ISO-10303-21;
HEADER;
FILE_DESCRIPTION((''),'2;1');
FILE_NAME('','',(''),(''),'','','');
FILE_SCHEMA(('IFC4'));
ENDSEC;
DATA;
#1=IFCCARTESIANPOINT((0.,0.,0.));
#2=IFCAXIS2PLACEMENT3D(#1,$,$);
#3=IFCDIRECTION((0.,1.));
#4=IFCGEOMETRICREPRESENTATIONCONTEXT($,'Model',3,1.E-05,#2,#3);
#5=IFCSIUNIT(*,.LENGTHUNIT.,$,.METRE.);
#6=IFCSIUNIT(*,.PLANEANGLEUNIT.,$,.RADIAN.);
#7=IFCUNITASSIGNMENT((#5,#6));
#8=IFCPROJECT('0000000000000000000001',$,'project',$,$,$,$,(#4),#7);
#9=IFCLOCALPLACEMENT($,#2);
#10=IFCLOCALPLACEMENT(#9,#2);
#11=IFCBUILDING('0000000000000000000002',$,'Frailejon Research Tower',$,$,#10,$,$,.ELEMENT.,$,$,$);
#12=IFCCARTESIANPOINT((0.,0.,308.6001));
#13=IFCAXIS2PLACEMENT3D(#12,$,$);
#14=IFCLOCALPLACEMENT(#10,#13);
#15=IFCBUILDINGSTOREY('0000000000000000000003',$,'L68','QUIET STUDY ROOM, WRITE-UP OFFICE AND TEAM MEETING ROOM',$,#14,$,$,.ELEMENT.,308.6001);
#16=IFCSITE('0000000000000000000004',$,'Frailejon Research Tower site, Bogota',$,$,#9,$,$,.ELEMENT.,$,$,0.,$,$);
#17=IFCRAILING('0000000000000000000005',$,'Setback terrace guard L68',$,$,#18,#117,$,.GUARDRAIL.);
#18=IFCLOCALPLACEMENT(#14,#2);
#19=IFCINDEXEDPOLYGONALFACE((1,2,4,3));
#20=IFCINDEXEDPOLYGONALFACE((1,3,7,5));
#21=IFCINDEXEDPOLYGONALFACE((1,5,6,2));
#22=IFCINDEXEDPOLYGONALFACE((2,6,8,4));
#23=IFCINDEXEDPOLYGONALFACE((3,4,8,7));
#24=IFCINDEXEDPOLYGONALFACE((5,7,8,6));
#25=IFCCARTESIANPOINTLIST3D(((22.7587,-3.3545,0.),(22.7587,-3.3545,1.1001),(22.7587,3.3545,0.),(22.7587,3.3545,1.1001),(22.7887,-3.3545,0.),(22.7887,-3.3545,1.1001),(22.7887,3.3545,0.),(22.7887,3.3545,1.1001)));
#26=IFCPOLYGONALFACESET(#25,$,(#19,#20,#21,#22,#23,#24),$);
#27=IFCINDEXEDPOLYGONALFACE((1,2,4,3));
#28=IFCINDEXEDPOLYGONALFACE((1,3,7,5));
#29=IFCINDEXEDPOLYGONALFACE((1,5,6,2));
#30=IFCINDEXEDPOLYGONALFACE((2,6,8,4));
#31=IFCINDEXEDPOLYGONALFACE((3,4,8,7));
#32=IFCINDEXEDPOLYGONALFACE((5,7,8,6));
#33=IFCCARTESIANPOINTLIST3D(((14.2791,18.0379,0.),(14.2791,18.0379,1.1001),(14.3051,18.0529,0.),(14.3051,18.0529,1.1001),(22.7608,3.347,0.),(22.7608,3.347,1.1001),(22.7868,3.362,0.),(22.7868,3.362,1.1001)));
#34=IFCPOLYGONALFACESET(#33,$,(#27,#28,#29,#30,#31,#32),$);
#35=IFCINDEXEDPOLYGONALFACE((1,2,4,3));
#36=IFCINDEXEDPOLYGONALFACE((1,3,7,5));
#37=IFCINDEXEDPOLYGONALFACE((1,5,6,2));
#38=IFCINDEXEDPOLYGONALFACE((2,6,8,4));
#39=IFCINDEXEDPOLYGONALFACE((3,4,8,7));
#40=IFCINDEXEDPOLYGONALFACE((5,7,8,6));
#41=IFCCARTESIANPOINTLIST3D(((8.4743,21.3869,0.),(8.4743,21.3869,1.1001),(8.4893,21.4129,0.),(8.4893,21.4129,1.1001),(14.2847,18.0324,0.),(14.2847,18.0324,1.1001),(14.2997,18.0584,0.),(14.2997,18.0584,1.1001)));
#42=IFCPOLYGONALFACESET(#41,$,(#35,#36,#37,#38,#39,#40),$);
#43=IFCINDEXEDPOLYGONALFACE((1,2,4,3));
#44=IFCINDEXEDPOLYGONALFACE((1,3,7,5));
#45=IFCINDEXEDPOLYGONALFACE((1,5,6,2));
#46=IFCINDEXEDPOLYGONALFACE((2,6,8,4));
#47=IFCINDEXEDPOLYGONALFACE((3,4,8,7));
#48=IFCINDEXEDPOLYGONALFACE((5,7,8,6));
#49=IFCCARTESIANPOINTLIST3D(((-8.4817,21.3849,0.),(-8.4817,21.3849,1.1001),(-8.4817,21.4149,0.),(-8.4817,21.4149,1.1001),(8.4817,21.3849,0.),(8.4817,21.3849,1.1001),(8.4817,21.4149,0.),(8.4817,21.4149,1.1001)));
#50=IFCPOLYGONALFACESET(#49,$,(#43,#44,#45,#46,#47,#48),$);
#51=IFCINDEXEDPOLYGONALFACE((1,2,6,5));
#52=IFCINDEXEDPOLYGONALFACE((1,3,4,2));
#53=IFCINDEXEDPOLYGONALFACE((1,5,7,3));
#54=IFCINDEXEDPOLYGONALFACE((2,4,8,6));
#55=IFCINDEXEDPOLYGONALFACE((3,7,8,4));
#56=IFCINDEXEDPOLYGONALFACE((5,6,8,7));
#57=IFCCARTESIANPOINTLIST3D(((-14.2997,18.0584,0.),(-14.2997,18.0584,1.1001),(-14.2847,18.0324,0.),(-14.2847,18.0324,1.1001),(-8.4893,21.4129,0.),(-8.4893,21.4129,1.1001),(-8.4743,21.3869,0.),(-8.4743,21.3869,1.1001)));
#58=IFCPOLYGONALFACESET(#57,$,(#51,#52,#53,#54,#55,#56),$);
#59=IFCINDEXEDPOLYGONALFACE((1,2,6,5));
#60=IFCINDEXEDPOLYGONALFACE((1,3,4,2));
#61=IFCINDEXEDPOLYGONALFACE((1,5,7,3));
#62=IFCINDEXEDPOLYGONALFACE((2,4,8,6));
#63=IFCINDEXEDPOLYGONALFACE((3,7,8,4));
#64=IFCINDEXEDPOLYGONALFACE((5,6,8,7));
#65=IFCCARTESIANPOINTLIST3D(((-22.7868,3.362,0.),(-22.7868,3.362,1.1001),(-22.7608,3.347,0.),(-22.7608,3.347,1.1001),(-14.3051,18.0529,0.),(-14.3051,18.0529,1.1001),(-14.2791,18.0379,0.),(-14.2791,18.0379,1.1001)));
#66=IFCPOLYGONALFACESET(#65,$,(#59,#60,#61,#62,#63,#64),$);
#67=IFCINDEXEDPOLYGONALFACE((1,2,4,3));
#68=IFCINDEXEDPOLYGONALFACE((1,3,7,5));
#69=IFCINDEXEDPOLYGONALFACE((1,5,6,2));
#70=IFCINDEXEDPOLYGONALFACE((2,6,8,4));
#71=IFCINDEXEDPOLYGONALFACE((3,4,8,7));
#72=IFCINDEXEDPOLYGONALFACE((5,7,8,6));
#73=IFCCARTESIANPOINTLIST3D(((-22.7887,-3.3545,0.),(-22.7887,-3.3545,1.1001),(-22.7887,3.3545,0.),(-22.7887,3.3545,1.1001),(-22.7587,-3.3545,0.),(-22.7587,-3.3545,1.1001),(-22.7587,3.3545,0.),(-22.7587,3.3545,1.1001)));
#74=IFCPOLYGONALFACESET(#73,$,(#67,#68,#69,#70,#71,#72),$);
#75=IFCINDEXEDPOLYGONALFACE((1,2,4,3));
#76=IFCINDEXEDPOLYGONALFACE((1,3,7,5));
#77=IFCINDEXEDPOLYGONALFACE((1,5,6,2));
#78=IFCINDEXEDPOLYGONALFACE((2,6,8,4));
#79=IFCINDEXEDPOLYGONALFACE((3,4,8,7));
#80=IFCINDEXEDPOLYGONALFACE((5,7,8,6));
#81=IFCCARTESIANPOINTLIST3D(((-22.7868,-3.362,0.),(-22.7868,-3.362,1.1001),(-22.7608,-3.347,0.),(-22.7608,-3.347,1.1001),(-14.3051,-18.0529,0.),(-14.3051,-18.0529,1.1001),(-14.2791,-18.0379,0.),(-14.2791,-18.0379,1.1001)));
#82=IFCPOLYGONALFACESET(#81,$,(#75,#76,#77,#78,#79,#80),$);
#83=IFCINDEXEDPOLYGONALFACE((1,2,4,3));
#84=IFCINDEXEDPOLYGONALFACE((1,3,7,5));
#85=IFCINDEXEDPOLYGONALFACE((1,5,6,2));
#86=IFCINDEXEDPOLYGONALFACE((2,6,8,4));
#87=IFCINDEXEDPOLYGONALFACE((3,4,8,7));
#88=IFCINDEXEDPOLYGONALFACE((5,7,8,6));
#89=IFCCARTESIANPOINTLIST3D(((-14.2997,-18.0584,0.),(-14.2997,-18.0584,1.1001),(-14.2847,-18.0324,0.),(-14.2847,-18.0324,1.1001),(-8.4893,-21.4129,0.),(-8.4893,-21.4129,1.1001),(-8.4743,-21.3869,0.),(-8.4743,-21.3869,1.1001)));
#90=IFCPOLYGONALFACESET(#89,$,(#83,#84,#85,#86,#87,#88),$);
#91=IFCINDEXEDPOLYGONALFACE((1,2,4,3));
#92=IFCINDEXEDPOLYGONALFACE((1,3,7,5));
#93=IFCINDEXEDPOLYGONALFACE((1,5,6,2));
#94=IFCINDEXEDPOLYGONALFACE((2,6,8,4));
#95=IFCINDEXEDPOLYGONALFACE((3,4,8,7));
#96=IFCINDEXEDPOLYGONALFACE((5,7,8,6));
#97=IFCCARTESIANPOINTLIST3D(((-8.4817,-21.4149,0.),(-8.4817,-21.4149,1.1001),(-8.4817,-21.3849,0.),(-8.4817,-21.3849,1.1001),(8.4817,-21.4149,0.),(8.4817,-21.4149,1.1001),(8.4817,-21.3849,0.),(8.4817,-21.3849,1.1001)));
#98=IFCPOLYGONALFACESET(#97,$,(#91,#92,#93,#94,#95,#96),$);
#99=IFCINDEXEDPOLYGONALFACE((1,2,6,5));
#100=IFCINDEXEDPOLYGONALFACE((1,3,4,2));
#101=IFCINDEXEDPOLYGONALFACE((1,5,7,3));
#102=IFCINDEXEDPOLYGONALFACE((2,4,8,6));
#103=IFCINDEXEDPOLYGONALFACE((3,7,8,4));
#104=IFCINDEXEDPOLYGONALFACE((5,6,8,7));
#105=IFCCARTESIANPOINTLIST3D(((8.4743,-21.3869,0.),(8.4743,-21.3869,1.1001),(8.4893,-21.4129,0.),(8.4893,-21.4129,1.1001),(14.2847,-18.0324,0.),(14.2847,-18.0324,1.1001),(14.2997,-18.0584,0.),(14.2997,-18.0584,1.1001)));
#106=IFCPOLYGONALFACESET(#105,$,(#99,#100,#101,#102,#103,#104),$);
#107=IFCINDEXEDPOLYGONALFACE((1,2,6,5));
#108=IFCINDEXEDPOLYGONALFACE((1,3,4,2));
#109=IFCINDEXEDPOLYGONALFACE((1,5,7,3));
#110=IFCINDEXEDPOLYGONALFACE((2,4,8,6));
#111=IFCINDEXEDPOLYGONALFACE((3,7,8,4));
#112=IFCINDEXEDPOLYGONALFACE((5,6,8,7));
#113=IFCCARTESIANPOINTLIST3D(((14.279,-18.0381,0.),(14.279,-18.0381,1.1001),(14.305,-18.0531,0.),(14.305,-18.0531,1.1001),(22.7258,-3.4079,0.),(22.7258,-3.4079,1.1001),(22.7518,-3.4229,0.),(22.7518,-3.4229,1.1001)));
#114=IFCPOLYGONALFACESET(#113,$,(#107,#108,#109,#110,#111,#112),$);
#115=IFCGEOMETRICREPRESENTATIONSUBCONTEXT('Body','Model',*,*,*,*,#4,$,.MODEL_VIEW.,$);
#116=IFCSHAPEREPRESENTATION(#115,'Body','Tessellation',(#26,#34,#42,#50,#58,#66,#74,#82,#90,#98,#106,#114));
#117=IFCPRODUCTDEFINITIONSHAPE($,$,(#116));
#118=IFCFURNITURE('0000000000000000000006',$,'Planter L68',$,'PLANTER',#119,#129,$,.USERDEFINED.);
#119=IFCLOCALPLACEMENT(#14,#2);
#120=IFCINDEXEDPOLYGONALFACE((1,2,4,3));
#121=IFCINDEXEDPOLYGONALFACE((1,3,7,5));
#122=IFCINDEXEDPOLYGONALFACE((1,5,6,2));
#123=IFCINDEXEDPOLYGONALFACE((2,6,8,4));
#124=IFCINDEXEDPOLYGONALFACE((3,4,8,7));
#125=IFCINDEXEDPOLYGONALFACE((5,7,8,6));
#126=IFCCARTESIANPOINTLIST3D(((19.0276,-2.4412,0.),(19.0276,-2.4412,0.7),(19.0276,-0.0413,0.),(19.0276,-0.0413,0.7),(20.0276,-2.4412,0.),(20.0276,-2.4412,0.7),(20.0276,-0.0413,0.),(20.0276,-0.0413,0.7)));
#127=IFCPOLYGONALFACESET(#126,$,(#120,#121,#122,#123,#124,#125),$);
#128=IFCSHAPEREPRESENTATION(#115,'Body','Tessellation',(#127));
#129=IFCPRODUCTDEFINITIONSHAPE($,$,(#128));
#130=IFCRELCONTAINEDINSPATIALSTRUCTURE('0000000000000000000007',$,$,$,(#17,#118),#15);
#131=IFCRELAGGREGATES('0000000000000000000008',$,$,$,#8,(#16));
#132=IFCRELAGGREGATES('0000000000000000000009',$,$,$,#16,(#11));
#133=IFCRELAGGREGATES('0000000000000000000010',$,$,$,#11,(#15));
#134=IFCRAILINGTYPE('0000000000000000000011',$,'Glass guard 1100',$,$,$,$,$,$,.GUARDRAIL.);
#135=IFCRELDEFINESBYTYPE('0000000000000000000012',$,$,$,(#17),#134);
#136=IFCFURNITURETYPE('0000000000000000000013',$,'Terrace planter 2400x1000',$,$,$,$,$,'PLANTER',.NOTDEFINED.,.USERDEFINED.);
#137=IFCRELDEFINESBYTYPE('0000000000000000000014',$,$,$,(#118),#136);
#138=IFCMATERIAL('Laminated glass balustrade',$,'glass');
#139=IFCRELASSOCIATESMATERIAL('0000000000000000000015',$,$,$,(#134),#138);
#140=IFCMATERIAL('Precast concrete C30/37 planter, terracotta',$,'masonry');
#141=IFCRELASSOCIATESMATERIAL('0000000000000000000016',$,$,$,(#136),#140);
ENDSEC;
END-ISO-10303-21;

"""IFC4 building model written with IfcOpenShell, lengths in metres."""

from ifc_helpers import new_model, si_unit, direction, frame, origin, origin_2d, place, context, subcontext, project, spatial, rectangle, extrude, material, type_object, element, save


model = new_model("IFC4")

# Units and contexts
model_context = context("Model", 3, precision=1e-05, world=origin(), true_north=direction((0.0, 1.0)))
body_context = subcontext(model_context, "Body", "Model", "MODEL_VIEW")
ifc_project = project(units=[si_unit("LENGTHUNIT", "METRE"), si_unit("PLANEANGLEUNIT", "RADIAN")], contexts=[model_context])

# Site, building, storey
site_placement = place(None, origin())
site = spatial("IfcSite", under=ifc_project, at=site_placement, Name="Frailejon Research Tower site, Bogota", CompositionType="ELEMENT", RefElevation=0.0)
building_placement = place(site_placement, origin())
building = spatial("IfcBuilding", under=site, at=building_placement, Name="Frailejon Research Tower", CompositionType="ELEMENT")
storey_placement = place(building_placement, frame((0.0, 0.0, 308.6001)))
storey = spatial("IfcBuildingStorey", under=building, at=storey_placement, Name="L68", Description="QUIET STUDY ROOM, WRITE-UP OFFICE AND TEAM MEETING ROOM", CompositionType="ELEMENT", Elevation=308.6001)

# Railing
ifc_material_1 = material(Name="Laminated glass balustrade", Category="glass")
railing_type = type_object("IfcRailingType", Name="Glass guard 1100", PredefinedType="GUARDRAIL", material=ifc_material_1)
railing_placement = place(storey_placement, frame((22.7737, -3.3545, 0.0)))
element("IfcRailing", 1, at=railing_placement, inside=storey, type_object=railing_type, Name="Setback terrace guard L68", PredefinedType="GUARDRAIL", context=body_context, shape_type="SweptSolid", body=[
    extrude(rectangle(XDim=6.709, YDim=0.03, at=origin_2d()), frame((0.0, 3.3545, 0.0), z_axis=(0.0, 0.0, 1.0), x_axis=(0.0, 1.0, 0.0)), (0.0, 0.0, 1.0), 1.1001),
    extrude(rectangle(XDim=16.9636, YDim=0.03, at=origin_2d()), frame((-4.2407, 14.0544, 0.0), z_axis=(0.0, 0.0, 1.0), x_axis=(-0.499995, 0.866028, 0.0)), (0.0, 0.0, 1.0), 1.1001),
    extrude(rectangle(XDim=6.7092, YDim=0.03, at=origin_2d()), frame((-11.3867, 23.0771, 0.0), z_axis=(0.0, 0.0, 1.0), x_axis=(-0.866031, 0.49999, 0.0)), (0.0, 0.0, 1.0), 1.1001),
    extrude(rectangle(XDim=16.9634, YDim=0.03, at=origin_2d()), frame((-22.7737, 24.7544, 0.0), z_axis=(0.0, 0.0, 1.0), x_axis=(-1.0, 0.0, 0.0)), (0.0, 0.0, 1.0), 1.1001),
    extrude(rectangle(XDim=6.7092, YDim=0.03, at=origin_2d()), frame((-34.1606, 23.0771, 0.0), z_axis=(0.0, 0.0, 1.0), x_axis=(-0.866031, -0.49999, 0.0)), (0.0, 0.0, 1.0), 1.1001),
    extrude(rectangle(XDim=16.9636, YDim=0.03, at=origin_2d()), frame((-41.3066, 14.0544, 0.0), z_axis=(0.0, 0.0, 1.0), x_axis=(-0.499995, -0.866028, 0.0)), (0.0, 0.0, 1.0), 1.1001),
    extrude(rectangle(XDim=6.709, YDim=0.03, at=origin_2d()), frame((-45.5474, 3.3545, 0.0), z_axis=(0.0, 0.0, 1.0), x_axis=(0.0, -1.0, 0.0)), (0.0, 0.0, 1.0), 1.1001),
    extrude(rectangle(XDim=16.9636, YDim=0.03, at=origin_2d()), frame((-41.3066, -7.3455, 0.0), z_axis=(0.0, 0.0, 1.0), x_axis=(0.499995, -0.866028, 0.0)), (0.0, 0.0, 1.0), 1.1001),
    extrude(rectangle(XDim=6.7092, YDim=0.03, at=origin_2d()), frame((-34.1606, -16.3682, 0.0), z_axis=(0.0, 0.0, 1.0), x_axis=(0.866031, -0.49999, 0.0)), (0.0, 0.0, 1.0), 1.1001),
    extrude(rectangle(XDim=16.9634, YDim=0.03, at=origin_2d()), frame((-22.7737, -18.0454, 0.0), z_axis=(0.0, 0.0, 1.0), x_axis=(1.0, 0.0, 0.0)), (0.0, 0.0, 1.0), 1.1001),
    extrude(rectangle(XDim=6.7092, YDim=0.03, at=origin_2d()), frame((-11.3867, -16.3682, 0.0), z_axis=(0.0, 0.0, 1.0), x_axis=(0.866031, 0.49999, 0.0)), (0.0, 0.0, 1.0), 1.1001),
    extrude(rectangle(XDim=16.8936, YDim=0.03, at=origin_2d()), frame((-4.2583, -7.376, 0.0), z_axis=(0.0, 0.0, 1.0), x_axis=(0.500003, 0.866024, 0.0)), (0.0, 0.0, 1.0), 1.1001),
])

# Furniture
ifc_material_2 = material(Name="Precast concrete C30/37 planter, terracotta", Category="masonry")
furniture_type = type_object("IfcFurnitureType", Name="Terrace planter 2400x1000", ElementType="PLANTER", AssemblyPlace="NOTDEFINED", PredefinedType="USERDEFINED", material=ifc_material_2)
furniture_placement = place(storey_placement, frame((19.5276, -1.2412, 0.0), z_axis=(0.0, 0.0, 1.0), x_axis=(0.0, 1.0, 0.0)))
element("IfcFurniture", 2, at=furniture_placement, inside=storey, type_object=furniture_type, Name="Planter L68", ObjectType="PLANTER", PredefinedType="USERDEFINED", context=body_context, shape_type="SweptSolid", body=[
    extrude(rectangle(XDim=2.3999, YDim=1.0, at=origin_2d()), origin(), (0.0, 0.0, 1.0), 0.7),
])

save(model, "model.ifc")
